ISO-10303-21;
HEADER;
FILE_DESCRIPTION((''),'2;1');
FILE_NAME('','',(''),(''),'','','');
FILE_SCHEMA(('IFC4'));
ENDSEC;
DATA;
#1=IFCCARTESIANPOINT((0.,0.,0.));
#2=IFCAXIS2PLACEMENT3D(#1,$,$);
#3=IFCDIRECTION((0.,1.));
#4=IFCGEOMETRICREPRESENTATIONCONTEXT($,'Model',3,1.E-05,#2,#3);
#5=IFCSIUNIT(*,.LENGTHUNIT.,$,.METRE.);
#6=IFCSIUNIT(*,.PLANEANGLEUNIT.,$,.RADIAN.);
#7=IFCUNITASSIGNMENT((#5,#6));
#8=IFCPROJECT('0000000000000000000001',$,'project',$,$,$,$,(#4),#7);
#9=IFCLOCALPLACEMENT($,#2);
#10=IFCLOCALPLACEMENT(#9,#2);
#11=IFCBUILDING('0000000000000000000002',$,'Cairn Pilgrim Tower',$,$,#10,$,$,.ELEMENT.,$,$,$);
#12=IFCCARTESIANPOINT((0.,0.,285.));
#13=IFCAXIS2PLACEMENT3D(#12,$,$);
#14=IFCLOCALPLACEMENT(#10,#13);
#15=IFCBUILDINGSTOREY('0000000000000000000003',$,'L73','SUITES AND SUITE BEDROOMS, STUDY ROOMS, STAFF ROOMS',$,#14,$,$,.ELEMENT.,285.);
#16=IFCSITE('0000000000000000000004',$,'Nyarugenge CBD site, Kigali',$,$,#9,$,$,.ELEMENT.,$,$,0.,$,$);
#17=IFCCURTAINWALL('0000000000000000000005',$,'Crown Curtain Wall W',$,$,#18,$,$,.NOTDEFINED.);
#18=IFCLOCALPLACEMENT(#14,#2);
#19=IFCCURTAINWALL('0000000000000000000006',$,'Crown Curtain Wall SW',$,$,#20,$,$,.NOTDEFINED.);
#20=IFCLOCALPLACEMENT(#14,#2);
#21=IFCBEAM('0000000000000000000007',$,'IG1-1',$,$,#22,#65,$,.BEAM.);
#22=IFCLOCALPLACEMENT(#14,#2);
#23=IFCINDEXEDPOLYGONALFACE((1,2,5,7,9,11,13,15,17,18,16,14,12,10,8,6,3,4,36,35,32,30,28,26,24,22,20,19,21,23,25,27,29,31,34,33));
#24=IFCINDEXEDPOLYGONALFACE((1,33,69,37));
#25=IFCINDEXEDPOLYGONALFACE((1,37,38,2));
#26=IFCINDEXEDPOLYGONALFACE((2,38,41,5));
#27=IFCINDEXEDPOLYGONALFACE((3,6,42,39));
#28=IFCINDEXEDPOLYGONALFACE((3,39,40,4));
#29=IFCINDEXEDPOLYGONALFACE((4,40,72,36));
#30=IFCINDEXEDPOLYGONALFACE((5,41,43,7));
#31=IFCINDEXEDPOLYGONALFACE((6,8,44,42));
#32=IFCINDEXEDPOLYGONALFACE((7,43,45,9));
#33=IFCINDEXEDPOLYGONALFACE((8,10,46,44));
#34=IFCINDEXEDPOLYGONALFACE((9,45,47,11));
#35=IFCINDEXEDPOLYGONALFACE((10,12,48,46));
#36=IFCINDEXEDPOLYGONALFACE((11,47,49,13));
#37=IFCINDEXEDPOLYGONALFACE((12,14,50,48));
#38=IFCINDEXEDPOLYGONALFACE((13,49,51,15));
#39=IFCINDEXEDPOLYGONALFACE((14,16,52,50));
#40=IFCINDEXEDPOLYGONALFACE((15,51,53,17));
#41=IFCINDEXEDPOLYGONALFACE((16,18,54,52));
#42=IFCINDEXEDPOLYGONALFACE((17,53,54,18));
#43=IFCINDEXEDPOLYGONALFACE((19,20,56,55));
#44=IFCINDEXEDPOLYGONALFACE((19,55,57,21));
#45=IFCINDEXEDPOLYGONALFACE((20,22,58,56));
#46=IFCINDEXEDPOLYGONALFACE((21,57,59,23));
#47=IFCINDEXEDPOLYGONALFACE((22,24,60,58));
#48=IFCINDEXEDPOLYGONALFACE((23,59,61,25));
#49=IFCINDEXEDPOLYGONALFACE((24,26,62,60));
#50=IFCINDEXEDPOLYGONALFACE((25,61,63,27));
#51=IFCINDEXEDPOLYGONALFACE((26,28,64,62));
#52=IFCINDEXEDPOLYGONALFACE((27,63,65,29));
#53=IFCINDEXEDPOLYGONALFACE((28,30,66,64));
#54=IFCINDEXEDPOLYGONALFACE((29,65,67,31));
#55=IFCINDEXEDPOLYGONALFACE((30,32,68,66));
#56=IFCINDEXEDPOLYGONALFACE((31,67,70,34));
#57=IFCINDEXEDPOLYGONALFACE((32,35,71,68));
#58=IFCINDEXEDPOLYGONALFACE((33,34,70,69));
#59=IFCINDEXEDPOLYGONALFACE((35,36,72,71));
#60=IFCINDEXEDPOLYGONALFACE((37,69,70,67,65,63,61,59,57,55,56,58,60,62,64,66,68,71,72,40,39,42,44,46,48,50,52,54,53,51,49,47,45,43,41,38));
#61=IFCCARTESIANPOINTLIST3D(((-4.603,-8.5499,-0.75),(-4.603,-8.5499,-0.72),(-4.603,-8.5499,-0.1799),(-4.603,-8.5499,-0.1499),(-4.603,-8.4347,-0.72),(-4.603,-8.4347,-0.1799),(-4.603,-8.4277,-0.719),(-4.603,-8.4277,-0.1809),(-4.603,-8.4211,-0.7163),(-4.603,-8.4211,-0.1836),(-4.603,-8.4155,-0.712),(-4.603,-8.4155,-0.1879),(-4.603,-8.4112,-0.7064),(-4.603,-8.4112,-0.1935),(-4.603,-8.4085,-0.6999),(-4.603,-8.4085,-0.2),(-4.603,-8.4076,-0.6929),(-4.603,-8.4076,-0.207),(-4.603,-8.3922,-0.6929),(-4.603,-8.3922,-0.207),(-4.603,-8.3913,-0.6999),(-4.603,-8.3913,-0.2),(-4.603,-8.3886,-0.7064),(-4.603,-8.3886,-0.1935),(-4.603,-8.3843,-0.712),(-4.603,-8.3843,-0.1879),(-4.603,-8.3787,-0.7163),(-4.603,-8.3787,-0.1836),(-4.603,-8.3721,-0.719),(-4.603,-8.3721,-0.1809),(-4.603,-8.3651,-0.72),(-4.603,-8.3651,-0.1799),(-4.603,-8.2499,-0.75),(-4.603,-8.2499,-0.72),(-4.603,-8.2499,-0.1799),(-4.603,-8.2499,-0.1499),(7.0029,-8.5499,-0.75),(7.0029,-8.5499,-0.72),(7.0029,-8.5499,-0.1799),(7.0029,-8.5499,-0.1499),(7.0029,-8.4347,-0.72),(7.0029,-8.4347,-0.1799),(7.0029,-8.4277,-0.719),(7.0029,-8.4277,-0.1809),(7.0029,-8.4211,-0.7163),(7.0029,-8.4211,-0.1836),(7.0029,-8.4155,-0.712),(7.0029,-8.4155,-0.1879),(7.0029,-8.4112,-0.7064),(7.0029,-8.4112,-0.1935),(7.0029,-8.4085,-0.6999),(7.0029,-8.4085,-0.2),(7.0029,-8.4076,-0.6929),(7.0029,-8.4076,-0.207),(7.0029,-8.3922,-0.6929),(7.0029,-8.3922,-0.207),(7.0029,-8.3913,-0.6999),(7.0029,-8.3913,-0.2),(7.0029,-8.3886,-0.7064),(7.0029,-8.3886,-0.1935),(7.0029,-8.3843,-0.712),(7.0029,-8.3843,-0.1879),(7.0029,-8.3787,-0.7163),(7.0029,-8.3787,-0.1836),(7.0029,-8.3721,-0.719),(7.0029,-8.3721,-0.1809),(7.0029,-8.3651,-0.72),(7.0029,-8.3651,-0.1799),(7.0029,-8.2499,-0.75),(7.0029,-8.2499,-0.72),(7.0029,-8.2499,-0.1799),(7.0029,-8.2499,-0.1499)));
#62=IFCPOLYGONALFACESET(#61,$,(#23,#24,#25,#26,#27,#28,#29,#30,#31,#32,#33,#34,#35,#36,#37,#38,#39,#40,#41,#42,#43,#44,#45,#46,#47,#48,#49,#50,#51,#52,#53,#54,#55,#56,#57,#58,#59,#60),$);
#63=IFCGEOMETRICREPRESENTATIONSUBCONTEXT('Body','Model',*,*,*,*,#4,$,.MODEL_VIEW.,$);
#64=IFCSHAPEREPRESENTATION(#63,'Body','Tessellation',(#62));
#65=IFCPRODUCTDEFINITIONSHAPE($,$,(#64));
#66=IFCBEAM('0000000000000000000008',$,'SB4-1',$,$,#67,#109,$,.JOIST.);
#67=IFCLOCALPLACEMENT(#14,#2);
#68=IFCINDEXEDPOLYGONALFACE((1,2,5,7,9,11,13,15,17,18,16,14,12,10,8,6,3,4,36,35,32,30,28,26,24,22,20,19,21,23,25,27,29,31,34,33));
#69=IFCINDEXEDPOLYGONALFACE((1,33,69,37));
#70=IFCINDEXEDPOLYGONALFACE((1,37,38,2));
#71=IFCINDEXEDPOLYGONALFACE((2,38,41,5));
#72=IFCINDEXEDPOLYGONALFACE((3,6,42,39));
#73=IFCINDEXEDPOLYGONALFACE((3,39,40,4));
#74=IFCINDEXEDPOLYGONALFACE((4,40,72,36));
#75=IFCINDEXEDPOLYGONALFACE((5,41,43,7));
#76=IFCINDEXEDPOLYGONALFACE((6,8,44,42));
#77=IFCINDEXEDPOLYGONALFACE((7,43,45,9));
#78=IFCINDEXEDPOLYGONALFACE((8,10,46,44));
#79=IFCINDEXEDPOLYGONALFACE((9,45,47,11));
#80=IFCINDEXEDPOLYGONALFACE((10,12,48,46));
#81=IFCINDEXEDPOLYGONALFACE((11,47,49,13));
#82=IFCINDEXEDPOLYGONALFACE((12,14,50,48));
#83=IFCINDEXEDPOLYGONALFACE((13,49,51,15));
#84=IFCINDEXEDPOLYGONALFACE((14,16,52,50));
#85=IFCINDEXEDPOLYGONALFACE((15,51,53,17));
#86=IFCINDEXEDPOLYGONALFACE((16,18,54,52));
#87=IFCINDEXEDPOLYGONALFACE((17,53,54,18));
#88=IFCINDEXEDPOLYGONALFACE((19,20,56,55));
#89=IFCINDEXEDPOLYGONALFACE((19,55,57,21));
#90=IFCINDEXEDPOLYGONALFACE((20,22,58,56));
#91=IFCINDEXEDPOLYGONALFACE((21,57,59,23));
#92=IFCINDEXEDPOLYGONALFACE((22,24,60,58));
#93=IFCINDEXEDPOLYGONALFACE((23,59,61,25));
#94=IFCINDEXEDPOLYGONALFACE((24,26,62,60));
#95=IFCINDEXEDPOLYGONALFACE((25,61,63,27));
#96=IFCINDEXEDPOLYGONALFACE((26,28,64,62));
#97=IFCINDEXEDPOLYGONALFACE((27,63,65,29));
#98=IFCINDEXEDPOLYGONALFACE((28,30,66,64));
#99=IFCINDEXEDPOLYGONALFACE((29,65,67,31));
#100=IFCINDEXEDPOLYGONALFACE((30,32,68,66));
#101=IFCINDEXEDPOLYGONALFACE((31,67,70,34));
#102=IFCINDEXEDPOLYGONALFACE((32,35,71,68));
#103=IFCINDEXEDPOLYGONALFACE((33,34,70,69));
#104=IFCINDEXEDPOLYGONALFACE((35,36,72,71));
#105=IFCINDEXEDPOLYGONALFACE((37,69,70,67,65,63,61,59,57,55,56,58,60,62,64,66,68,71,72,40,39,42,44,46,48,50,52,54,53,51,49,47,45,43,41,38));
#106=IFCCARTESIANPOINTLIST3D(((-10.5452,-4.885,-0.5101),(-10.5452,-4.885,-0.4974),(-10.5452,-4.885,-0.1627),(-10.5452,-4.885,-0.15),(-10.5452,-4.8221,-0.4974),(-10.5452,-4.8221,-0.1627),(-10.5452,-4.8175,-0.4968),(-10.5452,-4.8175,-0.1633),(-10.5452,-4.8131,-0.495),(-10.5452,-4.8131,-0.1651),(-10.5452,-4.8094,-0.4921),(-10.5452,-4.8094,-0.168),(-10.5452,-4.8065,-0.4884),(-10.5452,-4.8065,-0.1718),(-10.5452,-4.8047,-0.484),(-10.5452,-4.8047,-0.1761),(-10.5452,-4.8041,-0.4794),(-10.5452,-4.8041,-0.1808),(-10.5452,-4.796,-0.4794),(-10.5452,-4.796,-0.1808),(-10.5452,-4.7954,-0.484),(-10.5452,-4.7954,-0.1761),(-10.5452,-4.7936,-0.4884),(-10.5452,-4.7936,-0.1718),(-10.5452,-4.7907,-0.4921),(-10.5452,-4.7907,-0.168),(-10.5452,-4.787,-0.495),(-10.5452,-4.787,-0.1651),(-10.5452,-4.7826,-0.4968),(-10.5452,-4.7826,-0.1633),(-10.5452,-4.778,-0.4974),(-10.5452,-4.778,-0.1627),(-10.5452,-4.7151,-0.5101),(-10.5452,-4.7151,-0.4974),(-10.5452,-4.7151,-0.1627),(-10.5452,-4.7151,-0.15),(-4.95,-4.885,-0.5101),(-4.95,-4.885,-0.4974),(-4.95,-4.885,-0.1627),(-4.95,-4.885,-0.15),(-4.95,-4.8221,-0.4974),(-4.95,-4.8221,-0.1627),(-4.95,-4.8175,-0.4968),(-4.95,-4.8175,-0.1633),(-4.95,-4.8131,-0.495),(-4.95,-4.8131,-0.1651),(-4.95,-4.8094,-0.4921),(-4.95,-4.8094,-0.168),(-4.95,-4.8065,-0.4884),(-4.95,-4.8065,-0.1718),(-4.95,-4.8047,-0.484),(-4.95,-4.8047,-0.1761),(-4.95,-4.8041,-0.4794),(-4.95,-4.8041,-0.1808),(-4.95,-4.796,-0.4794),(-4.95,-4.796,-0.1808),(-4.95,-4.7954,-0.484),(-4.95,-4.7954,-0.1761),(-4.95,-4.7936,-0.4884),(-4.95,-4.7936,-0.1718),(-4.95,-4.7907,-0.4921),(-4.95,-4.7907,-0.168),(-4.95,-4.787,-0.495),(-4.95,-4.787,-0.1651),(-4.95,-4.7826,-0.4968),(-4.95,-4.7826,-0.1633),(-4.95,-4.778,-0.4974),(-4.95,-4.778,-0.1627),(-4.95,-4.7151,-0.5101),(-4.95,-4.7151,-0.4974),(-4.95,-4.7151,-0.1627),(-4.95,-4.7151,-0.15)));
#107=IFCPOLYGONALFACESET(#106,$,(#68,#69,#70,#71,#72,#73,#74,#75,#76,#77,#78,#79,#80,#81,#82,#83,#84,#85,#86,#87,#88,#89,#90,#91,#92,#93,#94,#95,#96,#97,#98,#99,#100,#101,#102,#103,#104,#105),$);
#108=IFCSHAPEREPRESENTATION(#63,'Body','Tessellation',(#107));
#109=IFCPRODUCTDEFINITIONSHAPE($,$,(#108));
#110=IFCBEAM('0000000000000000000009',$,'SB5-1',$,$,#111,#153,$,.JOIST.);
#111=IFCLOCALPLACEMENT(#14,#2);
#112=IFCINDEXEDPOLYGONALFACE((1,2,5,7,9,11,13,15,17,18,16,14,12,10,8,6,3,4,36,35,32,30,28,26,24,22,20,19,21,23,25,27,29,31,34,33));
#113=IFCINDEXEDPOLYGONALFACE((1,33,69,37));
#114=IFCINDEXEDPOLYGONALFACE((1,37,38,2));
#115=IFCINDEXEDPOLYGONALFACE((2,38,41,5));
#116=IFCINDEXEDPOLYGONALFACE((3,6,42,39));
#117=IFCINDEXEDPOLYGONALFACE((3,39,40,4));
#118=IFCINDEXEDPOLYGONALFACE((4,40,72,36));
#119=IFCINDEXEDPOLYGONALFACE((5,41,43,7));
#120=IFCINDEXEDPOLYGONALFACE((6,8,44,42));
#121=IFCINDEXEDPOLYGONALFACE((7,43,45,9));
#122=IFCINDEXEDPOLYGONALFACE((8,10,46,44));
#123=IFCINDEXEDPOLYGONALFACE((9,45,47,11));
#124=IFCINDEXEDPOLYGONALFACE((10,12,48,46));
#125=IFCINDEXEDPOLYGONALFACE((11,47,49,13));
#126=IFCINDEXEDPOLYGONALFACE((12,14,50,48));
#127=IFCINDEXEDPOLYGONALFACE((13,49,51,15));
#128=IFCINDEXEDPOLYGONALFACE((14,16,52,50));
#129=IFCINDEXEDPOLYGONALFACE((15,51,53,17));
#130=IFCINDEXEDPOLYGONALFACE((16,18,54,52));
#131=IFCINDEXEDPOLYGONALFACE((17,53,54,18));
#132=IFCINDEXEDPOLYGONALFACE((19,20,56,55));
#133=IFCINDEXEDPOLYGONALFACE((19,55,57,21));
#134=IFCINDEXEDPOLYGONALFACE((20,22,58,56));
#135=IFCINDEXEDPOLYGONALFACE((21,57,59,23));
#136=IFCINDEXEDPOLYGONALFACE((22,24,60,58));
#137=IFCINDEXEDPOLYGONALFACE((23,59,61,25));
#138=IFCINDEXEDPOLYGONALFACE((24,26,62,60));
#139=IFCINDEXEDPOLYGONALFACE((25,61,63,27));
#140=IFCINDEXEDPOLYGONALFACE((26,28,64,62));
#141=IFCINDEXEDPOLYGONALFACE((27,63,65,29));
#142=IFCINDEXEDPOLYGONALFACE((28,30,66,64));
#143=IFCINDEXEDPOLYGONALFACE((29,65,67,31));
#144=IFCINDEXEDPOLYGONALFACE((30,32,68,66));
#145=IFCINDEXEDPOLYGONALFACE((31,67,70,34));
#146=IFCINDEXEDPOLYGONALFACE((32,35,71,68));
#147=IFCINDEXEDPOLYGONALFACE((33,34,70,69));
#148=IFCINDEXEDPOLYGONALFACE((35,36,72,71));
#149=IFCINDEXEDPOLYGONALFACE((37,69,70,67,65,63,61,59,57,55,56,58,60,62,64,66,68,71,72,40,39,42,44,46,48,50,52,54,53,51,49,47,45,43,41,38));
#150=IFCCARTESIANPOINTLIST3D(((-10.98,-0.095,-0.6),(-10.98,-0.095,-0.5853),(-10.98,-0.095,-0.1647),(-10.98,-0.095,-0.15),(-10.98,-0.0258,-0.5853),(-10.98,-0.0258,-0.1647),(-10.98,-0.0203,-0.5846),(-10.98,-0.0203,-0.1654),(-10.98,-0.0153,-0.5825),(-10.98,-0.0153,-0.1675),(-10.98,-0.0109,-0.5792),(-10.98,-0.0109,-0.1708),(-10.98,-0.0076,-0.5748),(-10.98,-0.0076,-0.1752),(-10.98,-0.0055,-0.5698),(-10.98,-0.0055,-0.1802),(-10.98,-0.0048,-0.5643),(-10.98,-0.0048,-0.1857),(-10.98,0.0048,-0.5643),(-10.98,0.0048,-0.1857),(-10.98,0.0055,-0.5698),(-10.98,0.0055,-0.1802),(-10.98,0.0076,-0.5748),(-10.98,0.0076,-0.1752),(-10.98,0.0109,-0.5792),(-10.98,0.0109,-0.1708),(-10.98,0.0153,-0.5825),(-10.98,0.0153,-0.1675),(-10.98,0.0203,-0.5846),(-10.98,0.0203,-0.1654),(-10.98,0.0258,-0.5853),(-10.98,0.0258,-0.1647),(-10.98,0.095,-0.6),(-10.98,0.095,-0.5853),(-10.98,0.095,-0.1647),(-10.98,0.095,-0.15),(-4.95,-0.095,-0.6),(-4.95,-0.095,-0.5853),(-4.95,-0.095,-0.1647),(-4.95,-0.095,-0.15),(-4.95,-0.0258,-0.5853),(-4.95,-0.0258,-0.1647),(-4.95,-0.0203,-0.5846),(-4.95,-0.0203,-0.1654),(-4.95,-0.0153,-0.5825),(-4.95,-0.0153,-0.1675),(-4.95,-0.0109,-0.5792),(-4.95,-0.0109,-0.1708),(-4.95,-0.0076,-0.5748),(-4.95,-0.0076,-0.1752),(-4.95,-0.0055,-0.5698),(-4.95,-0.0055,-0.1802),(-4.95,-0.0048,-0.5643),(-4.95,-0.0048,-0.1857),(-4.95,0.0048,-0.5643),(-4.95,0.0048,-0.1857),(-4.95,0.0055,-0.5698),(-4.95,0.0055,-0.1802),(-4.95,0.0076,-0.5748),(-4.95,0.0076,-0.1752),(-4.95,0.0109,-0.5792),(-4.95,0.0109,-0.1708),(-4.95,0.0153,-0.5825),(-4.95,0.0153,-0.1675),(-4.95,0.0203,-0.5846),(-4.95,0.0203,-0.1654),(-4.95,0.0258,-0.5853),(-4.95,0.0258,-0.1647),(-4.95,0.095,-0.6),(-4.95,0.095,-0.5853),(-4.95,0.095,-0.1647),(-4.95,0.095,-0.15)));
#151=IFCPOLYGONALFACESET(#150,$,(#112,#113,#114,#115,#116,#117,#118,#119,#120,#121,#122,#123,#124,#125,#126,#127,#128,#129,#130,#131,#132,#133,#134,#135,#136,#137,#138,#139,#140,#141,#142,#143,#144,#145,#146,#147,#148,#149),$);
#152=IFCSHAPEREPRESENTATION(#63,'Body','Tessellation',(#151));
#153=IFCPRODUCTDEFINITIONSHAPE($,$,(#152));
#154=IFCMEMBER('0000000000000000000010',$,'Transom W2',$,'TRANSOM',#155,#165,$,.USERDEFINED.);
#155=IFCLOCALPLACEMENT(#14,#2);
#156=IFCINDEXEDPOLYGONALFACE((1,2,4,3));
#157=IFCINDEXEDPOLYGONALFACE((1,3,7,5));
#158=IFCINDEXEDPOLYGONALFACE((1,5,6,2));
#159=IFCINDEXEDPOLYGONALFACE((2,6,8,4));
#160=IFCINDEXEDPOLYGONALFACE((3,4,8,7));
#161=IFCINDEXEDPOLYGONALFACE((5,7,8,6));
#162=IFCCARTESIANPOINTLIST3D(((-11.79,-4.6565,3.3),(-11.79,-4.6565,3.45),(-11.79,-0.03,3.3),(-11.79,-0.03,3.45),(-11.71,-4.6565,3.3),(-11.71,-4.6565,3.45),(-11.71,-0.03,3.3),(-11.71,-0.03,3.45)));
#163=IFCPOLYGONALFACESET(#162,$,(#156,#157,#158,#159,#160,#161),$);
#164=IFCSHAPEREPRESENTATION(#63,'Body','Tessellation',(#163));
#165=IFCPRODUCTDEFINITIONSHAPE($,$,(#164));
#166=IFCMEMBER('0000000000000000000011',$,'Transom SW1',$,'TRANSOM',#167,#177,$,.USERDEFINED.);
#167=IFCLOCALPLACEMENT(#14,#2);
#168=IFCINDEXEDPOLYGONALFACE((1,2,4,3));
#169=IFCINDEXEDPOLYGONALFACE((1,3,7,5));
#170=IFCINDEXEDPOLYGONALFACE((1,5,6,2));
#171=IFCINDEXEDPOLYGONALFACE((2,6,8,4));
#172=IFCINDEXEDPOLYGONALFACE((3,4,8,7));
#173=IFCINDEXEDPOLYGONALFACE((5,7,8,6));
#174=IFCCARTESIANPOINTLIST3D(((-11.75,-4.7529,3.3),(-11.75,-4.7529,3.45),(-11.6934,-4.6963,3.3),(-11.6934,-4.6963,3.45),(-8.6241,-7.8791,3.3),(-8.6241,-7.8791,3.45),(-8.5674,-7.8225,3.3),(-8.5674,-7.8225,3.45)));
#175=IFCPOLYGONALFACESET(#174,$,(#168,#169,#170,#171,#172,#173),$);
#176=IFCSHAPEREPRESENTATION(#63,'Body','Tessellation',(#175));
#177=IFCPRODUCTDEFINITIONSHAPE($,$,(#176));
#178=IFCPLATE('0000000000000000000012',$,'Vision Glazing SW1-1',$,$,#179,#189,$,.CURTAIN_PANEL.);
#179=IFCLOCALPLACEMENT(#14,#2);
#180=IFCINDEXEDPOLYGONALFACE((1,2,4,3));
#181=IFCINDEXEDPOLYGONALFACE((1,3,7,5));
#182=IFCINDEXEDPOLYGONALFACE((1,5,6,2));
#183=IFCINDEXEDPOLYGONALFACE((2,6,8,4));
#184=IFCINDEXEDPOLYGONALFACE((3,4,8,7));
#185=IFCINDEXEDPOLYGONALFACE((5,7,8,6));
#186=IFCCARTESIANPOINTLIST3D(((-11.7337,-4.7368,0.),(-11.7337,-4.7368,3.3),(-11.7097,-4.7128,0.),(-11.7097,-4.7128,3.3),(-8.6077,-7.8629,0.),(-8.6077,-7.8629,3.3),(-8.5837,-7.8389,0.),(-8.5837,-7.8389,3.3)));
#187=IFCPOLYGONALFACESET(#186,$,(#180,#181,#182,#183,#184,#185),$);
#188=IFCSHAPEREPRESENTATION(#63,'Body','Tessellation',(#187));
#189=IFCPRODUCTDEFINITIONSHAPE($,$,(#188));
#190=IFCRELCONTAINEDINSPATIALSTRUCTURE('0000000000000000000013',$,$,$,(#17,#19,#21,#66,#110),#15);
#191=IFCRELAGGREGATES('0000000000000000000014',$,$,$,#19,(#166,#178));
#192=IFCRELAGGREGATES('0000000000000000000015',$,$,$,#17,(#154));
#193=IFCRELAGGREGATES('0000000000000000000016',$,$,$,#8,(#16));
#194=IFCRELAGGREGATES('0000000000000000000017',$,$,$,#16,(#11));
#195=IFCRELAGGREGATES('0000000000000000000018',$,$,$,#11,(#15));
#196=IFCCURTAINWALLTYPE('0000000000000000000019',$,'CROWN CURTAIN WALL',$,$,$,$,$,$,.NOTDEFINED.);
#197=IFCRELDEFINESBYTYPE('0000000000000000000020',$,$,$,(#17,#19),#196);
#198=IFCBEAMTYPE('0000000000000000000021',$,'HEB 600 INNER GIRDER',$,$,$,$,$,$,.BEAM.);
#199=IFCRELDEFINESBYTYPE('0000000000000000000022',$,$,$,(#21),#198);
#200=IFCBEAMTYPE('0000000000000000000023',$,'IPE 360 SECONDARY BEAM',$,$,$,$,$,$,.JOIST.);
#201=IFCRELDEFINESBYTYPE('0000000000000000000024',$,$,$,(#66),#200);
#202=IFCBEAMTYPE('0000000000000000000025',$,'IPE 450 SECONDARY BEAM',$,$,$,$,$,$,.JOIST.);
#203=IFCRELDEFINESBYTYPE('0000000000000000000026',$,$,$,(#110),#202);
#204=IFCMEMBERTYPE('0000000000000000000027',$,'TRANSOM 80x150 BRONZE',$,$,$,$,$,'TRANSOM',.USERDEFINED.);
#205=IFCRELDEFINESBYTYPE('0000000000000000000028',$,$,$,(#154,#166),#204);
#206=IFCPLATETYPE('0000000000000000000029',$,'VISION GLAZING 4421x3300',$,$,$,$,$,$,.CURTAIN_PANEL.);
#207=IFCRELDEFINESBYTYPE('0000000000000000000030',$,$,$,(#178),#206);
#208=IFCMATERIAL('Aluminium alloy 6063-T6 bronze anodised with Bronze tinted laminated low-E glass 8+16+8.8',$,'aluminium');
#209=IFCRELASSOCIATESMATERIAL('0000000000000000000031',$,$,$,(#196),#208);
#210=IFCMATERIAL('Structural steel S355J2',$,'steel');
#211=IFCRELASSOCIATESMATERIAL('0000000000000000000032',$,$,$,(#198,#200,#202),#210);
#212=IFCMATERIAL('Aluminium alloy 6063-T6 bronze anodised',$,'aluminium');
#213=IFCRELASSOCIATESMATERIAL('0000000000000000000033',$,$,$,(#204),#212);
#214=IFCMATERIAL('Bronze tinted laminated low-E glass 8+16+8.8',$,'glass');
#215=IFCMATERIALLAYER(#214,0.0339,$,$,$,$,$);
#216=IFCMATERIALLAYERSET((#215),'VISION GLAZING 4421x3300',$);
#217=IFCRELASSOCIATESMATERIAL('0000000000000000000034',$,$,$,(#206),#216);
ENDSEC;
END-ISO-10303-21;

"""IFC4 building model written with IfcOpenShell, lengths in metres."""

from ifc_helpers import new_model, si_unit, direction, frame, origin, origin_2d, place, context, subcontext, project, spatial, rectangle, i_section, extrude, material, layer, layer_set, material_profile, profile_set, type_object, element, aggregate, save


model = new_model("IFC4")

# Units and contexts
model_context = context("Model", 3, precision=1e-05, world=origin(), true_north=direction((0.0, 1.0)))
body_context = subcontext(model_context, "Body", "Model", "MODEL_VIEW")
ifc_project = project(units=[si_unit("LENGTHUNIT", "METRE"), si_unit("PLANEANGLEUNIT", "RADIAN")], contexts=[model_context])

# Site, building, storey
site_placement = place(None, origin())
site = spatial("IfcSite", under=ifc_project, at=site_placement, Name="Nyarugenge CBD site, Kigali", CompositionType="ELEMENT", RefElevation=0.0)
building_placement = place(site_placement, origin())
building = spatial("IfcBuilding", under=site, at=building_placement, Name="Cairn Pilgrim Tower", CompositionType="ELEMENT")
storey_placement = place(building_placement, frame((0.0, 0.0, 285.0)))
storey = spatial("IfcBuildingStorey", under=building, at=storey_placement, Name="L73", Description="SUITES AND SUITE BEDROOMS, STUDY ROOMS, STAFF ROOMS", CompositionType="ELEMENT", Elevation=285.0)

# Shared definitions
ifc_material_1 = material(Name="Structural steel S355J2", Category="steel")

# Curtain wall
ifc_material_2 = material(Name="Aluminium alloy 6063-T6 bronze anodised with Bronze tinted laminated low-E glass 8+16+8.8", Category="aluminium")
curtain_wall_type = type_object("IfcCurtainWallType", Name="CROWN CURTAIN WALL", PredefinedType="NOTDEFINED", material=ifc_material_2)
curtain_wall_1_placement = place(storey_placement, origin())
curtain_wall_1 = element("IfcCurtainWall", 1, at=curtain_wall_1_placement, inside=storey, type_object=curtain_wall_type, Name="Crown Curtain Wall W", PredefinedType="NOTDEFINED")
ifc_material_3 = material(Name="Aluminium alloy 6063-T6 bronze anodised", Category="aluminium")

# Curtain wall
curtain_wall_2_placement = place(storey_placement, origin())
curtain_wall_2 = element("IfcCurtainWall", 2, at=curtain_wall_2_placement, inside=storey, type_object=curtain_wall_type, Name="Crown Curtain Wall SW", PredefinedType="NOTDEFINED")

# Beams
ifc_material_profile_1 = material_profile(ifc_material_1, i_section(OverallWidth=0.3, OverallDepth=0.6001, WebThickness=0.0154, FlangeThickness=0.03, FilletRadius=0.0271, at=origin_2d()), Name="HEB 600")
ifc_profile_set_1 = profile_set([ifc_material_profile_1], Name="Structural steel S355J2")
beam_type_1 = type_object("IfcBeamType", Name="HEB 600 INNER GIRDER", PredefinedType="BEAM", material=ifc_profile_set_1)
beam_1_placement = place(storey_placement, frame((-4.603, -8.3999, -0.45), z_axis=(1.0, 0.0, 0.0), x_axis=(0.0, 1.0, 0.0)))
element("IfcBeam", 3, at=beam_1_placement, inside=storey, type_object=beam_type_1, Name="IG1-1", PredefinedType="BEAM", context=body_context, shape_type="SweptSolid", body=[
    extrude(i_section(OverallWidth=0.3, OverallDepth=0.6001, WebThickness=0.0154, FlangeThickness=0.03, FilletRadius=0.0271, at=origin_2d()), origin(), (0.0, 0.0, 1.0), 11.606),
])
ifc_material_profile_2 = material_profile(ifc_material_1, i_section(OverallWidth=0.1699, OverallDepth=0.3601, WebThickness=0.0081, FlangeThickness=0.0127, FilletRadius=0.0181, at=origin_2d()), Name="IPE 360")
ifc_profile_set_2 = profile_set([ifc_material_profile_2], Name="Structural steel S355J2")
beam_type_2 = type_object("IfcBeamType", Name="IPE 360 SECONDARY BEAM", PredefinedType="JOIST", material=ifc_profile_set_2)
beam_2_placement = place(storey_placement, frame((-10.5452, -4.8, -0.3301), z_axis=(1.0, 0.0, 0.0), x_axis=(0.0, 1.0, 0.0)))
element("IfcBeam", 4, at=beam_2_placement, inside=storey, type_object=beam_type_2, Name="SB4-1", PredefinedType="JOIST", context=body_context, shape_type="SweptSolid", body=[
    extrude(i_section(OverallWidth=0.1699, OverallDepth=0.3601, WebThickness=0.0081, FlangeThickness=0.0127, FilletRadius=0.0181, at=origin_2d()), origin(), (0.0, 0.0, 1.0), 5.5952),
])
ifc_material_profile_3 = material_profile(ifc_material_1, i_section(OverallWidth=0.1899, OverallDepth=0.45, WebThickness=0.0095, FlangeThickness=0.0146, FilletRadius=0.021, at=origin_2d()), Name="IPE 450")
ifc_profile_set_3 = profile_set([ifc_material_profile_3], Name="Structural steel S355J2")
beam_type_3 = type_object("IfcBeamType", Name="IPE 450 SECONDARY BEAM", PredefinedType="JOIST", material=ifc_profile_set_3)
beam_3_placement = place(storey_placement, frame((-10.98, 0.0, -0.375), z_axis=(1.0, 0.0, 0.0), x_axis=(0.0, 1.0, 0.0)))
element("IfcBeam", 5, at=beam_3_placement, inside=storey, type_object=beam_type_3, Name="SB5-1", PredefinedType="JOIST", context=body_context, shape_type="SweptSolid", body=[
    extrude(i_section(OverallWidth=0.1899, OverallDepth=0.45, WebThickness=0.0095, FlangeThickness=0.0146, FilletRadius=0.021, at=origin_2d()), origin(), (0.0, 0.0, 1.0), 6.03),
])

# Members
ifc_material_profile_4 = material_profile(ifc_material_3, rectangle(XDim=0.0801, YDim=0.1499, at=origin_2d()), Name="TRANSOM 80x150 BRONZE")
ifc_profile_set_4 = profile_set([ifc_material_profile_4], Name="Aluminium alloy 6063-T6 bronze anodised")
member_type_1 = type_object("IfcMemberType", Name="TRANSOM 80x150 BRONZE", ElementType="TRANSOM", PredefinedType="USERDEFINED", material=ifc_profile_set_4)
member_1_placement = place(storey_placement, frame((-11.75, -0.03, 3.375), z_axis=(0.0, -1.0, 0.0), x_axis=(1.0, 0.0, 0.0)))
member_1 = element("IfcMember", 6, at=member_1_placement, type_object=member_type_1, Name="Transom W2", ObjectType="TRANSOM", PredefinedType="USERDEFINED", context=body_context, shape_type="SweptSolid", body=[
    extrude(rectangle(XDim=0.0801, YDim=0.1499, at=origin_2d()), origin(), (0.0, 0.0, 1.0), 4.6265),
])
member_2_placement = place(storey_placement, frame((-11.7217, -4.7246, 3.375), z_axis=(0.707079, -0.707134, 0.0), x_axis=(0.707134, 0.707079, 0.0)))
member_2 = element("IfcMember", 7, at=member_2_placement, type_object=member_type_1, Name="Transom SW1", ObjectType="TRANSOM", PredefinedType="USERDEFINED", context=body_context, shape_type="SweptSolid", body=[
    extrude(rectangle(XDim=0.0801, YDim=0.1499, at=origin_2d()), origin(), (0.0, 0.0, 1.0), 4.4209),
])

# Plate
ifc_material_4 = material(Name="Bronze tinted laminated low-E glass 8+16+8.8", Category="glass")
ifc_layer_1 = layer(ifc_material_4, 0.0339)
ifc_layer_set_1 = layer_set([ifc_layer_1], Name="VISION GLAZING 4421x3300")
plate_type_1 = type_object("IfcPlateType", Name="VISION GLAZING 4421x3300", PredefinedType="CURTAIN_PANEL", material=ifc_layer_set_1)
plate_1_placement = place(storey_placement, frame((-10.1587, -6.2878, 0.0), z_axis=(0.0, 0.0, 1.0), x_axis=(0.707107, -0.707107, 0.0)))
plate_1 = element("IfcPlate", 8, at=plate_1_placement, type_object=plate_type_1, Name="Vision Glazing SW1-1", PredefinedType="CURTAIN_PANEL", context=body_context, shape_type="SweptSolid", body=[
    extrude(rectangle(XDim=4.4209, YDim=0.0339, at=origin_2d()), origin(), (0.0, 0.0, 1.0), 3.3),
])
aggregate(curtain_wall_2, [member_2, plate_1])
aggregate(curtain_wall_1, [member_1])

save(model, "model.ifc")
